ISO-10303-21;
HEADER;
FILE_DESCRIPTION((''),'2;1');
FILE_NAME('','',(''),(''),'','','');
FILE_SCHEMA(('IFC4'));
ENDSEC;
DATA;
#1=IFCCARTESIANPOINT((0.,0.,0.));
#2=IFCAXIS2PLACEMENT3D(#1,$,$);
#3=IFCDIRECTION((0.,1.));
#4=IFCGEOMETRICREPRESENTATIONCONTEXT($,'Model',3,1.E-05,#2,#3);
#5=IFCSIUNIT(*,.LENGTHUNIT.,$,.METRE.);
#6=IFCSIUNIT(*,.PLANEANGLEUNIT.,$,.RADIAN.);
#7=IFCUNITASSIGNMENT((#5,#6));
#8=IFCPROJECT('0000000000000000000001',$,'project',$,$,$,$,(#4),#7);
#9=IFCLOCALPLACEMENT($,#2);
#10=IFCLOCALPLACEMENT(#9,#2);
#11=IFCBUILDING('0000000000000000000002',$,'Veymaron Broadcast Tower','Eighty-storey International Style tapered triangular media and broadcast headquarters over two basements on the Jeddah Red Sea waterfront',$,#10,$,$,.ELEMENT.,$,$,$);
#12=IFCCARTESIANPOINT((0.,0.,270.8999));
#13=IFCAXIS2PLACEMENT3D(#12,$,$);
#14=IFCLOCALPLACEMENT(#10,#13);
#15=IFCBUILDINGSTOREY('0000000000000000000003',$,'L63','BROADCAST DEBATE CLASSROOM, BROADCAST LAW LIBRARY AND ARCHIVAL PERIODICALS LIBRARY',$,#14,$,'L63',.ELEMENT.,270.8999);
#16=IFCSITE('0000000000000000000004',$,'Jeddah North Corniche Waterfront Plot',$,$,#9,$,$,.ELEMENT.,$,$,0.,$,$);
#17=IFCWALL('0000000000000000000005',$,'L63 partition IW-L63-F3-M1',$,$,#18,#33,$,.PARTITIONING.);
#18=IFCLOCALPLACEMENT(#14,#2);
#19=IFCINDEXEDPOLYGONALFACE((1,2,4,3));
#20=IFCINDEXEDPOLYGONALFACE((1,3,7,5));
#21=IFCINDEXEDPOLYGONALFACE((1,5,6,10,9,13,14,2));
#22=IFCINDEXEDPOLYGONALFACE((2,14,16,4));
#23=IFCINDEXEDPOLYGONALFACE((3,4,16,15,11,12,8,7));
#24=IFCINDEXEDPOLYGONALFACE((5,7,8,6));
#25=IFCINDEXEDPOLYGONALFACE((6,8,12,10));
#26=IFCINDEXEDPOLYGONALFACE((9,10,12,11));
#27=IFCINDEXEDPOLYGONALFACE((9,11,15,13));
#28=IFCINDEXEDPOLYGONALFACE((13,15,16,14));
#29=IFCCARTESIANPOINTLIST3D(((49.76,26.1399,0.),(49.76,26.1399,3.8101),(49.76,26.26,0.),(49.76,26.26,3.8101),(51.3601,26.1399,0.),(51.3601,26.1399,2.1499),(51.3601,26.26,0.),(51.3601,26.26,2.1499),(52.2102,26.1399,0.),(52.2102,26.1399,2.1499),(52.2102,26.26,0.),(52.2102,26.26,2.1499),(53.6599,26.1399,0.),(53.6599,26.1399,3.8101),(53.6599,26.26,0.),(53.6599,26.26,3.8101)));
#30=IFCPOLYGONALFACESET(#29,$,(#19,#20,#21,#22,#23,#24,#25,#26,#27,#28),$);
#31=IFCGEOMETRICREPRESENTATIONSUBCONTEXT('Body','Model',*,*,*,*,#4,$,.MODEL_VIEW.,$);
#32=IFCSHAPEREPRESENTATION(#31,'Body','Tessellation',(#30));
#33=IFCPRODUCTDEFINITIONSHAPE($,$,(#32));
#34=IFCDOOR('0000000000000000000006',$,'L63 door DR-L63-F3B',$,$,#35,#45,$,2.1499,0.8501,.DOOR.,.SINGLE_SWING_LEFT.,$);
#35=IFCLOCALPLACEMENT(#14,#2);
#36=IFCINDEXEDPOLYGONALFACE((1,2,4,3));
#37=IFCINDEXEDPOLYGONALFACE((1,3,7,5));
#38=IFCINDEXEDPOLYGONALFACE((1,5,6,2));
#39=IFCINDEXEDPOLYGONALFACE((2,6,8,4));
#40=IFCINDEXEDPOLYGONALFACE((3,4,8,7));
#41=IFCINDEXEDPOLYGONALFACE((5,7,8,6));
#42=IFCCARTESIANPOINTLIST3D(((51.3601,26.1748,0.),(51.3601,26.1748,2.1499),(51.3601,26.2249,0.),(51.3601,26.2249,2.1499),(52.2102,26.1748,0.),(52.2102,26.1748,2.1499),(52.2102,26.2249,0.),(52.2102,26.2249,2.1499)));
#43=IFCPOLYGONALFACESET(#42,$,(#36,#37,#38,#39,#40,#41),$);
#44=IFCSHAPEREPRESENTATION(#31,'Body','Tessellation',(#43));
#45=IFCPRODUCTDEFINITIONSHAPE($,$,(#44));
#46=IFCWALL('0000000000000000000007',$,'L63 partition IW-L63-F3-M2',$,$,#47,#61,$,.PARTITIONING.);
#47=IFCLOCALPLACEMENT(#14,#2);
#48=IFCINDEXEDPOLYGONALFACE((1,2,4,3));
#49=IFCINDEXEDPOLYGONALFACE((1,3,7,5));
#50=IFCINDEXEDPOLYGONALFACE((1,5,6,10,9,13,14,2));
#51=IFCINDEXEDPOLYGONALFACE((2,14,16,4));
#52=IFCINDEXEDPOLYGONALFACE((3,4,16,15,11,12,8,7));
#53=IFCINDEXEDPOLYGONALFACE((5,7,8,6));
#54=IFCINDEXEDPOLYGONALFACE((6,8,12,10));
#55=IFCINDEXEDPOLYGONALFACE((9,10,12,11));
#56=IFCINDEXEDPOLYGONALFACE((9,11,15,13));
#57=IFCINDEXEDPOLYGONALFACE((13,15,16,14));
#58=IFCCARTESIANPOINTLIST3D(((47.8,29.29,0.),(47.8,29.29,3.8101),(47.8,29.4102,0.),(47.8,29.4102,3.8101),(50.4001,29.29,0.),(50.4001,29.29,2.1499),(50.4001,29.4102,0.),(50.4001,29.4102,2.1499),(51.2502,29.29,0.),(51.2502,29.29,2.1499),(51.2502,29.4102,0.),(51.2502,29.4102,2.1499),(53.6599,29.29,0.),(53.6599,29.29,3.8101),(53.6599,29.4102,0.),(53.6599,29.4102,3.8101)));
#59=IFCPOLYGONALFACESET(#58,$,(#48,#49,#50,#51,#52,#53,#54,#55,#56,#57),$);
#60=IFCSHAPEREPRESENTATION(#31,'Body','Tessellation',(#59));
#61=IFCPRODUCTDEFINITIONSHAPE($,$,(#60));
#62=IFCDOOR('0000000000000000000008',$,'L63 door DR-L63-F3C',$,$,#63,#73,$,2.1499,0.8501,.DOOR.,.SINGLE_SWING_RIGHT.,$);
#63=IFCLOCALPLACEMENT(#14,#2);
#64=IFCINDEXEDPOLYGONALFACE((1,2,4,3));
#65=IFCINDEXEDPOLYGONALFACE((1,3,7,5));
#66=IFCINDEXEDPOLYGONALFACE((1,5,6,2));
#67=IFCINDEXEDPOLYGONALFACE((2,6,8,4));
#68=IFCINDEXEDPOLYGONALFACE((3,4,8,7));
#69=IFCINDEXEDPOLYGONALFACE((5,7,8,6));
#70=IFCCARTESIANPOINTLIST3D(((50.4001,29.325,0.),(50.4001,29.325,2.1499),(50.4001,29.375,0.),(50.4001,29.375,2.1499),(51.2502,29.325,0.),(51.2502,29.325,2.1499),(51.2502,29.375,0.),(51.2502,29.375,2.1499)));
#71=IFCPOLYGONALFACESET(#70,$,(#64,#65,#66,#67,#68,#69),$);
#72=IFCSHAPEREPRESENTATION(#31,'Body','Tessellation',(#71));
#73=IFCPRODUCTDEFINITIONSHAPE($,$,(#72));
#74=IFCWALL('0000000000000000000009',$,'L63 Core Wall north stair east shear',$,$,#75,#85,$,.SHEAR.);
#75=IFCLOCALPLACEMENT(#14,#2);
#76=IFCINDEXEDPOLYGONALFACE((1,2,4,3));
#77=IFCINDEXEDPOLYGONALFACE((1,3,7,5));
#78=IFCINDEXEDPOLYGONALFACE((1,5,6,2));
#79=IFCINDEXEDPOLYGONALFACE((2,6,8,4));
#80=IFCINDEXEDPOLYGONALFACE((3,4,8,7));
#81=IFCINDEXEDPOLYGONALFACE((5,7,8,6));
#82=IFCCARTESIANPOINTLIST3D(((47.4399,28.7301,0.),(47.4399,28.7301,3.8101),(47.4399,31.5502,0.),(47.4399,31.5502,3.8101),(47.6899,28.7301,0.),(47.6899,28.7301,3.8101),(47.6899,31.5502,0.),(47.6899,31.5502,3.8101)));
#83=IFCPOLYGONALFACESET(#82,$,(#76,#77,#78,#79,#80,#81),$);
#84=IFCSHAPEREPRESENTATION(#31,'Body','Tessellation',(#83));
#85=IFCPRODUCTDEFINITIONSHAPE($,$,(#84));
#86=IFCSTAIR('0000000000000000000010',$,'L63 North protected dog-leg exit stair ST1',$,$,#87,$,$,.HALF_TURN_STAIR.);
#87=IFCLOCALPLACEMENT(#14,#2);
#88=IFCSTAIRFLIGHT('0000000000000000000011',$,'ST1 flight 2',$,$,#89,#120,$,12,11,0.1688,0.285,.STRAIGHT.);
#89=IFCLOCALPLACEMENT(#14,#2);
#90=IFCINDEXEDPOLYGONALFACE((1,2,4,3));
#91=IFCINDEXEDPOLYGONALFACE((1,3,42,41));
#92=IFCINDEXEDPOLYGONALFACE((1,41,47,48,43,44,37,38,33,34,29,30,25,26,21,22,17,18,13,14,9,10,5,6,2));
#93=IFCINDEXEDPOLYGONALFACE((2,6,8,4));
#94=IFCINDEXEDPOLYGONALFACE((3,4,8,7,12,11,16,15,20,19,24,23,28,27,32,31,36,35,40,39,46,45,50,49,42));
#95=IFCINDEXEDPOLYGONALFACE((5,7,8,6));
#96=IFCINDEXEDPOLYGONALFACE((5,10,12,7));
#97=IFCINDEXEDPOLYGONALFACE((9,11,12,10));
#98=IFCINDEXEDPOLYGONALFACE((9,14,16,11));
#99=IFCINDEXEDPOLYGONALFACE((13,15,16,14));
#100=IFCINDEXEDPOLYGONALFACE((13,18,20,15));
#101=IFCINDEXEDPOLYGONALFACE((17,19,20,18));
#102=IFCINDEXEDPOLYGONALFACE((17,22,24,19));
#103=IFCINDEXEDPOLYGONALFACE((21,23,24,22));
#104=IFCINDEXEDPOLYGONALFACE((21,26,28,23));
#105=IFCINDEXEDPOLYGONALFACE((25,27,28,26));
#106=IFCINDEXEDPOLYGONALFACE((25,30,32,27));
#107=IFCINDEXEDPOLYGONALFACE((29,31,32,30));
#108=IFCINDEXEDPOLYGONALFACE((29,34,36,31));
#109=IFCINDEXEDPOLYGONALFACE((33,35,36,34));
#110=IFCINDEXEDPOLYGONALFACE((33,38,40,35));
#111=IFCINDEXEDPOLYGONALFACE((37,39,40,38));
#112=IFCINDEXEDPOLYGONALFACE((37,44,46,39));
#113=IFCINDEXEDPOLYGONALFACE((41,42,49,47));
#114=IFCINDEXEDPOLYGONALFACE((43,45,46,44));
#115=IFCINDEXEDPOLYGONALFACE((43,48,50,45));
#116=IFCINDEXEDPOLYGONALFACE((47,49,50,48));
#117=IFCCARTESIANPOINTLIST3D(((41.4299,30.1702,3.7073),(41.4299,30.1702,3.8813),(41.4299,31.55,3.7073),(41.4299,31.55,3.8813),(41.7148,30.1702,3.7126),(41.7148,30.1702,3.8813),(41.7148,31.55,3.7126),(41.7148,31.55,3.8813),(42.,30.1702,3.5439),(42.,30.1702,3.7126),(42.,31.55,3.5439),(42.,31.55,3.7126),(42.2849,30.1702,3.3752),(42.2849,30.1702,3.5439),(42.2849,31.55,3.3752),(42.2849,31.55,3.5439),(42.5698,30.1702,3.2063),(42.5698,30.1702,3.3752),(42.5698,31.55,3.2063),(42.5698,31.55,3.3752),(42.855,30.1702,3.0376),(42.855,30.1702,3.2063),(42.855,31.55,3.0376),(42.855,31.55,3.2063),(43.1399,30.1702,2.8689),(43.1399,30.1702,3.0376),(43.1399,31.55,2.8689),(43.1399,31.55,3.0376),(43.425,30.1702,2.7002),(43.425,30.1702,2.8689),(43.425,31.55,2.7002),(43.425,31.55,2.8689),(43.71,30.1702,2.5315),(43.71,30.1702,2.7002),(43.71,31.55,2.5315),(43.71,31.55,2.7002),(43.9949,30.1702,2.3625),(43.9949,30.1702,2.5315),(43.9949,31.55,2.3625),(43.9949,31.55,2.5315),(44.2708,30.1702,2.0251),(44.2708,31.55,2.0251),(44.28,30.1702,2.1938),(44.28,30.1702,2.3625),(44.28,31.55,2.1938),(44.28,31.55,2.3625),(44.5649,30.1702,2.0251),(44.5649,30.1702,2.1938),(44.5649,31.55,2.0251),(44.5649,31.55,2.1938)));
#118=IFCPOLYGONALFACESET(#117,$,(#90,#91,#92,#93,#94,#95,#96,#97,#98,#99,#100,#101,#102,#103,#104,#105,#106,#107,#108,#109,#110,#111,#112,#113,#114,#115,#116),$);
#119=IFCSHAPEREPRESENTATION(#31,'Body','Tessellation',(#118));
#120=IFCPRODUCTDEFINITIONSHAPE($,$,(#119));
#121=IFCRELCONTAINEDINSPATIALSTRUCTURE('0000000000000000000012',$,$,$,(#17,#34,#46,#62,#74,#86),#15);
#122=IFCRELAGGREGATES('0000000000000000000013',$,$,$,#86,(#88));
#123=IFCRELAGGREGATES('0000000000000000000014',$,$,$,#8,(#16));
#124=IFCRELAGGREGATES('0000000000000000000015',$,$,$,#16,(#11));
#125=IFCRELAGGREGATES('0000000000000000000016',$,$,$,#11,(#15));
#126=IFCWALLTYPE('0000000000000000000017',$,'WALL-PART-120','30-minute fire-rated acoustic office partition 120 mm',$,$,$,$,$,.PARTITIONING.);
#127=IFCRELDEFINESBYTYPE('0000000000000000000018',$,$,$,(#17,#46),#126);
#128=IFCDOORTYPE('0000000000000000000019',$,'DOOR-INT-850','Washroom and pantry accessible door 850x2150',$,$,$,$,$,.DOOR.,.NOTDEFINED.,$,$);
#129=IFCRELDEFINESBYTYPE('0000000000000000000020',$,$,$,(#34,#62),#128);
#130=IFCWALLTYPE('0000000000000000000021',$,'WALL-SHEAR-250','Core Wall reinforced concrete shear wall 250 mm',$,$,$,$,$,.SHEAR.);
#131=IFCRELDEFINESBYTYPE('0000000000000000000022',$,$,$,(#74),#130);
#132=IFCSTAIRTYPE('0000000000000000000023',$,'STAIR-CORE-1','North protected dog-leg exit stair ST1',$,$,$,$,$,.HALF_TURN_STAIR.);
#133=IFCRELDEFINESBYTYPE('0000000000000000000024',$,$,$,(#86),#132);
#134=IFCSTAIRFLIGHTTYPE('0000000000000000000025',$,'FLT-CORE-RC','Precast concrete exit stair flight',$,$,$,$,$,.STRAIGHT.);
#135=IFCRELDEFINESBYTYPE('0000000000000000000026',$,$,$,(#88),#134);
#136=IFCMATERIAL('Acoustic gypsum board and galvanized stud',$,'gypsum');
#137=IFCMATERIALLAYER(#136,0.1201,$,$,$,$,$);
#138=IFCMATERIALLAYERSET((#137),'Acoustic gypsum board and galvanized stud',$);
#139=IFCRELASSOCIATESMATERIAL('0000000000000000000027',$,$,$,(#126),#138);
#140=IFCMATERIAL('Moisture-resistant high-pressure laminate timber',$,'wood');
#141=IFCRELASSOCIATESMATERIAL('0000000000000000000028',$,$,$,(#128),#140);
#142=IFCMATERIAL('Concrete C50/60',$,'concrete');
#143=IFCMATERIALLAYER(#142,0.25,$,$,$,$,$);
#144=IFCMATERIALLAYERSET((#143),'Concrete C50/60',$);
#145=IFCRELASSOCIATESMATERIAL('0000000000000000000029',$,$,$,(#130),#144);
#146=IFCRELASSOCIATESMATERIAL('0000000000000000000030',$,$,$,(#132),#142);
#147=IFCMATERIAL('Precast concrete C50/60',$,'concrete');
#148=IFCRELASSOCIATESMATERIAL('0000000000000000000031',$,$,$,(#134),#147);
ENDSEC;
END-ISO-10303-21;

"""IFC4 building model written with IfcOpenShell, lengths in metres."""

from ifc_helpers import new_model, si_unit, direction, frame, frame_2d, origin, place, context, subcontext, project, spatial, polyline, rectangle, outline, extrude, material, layer, layer_set, type_object, element, fill, aggregate, save


model = new_model("IFC4")

# Units and contexts
model_context = context("Model", 3, precision=1e-05, world=origin(), true_north=direction((0.0, 1.0)))
body_context = subcontext(model_context, "Body", "Model", "MODEL_VIEW")
ifc_project = project(units=[si_unit("LENGTHUNIT", "METRE"), si_unit("PLANEANGLEUNIT", "RADIAN")], contexts=[model_context])

# Site, building, storey
site_placement = place(None, origin())
site = spatial("IfcSite", under=ifc_project, at=site_placement, Name="Jeddah North Corniche Waterfront Plot", CompositionType="ELEMENT", RefElevation=0.0)
building_placement = place(site_placement, origin())
building = spatial("IfcBuilding", under=site, at=building_placement, Name="Veymaron Broadcast Tower", Description="Eighty-storey International Style tapered triangular media and broadcast headquarters over two basements on the Jeddah Red Sea waterfront", CompositionType="ELEMENT")
storey_placement = place(building_placement, frame((0.0, 0.0, 270.8999)))
storey = spatial("IfcBuildingStorey", under=building, at=storey_placement, Name="L63", Description="BROADCAST DEBATE CLASSROOM, BROADCAST LAW LIBRARY AND ARCHIVAL PERIODICALS LIBRARY", LongName="L63", CompositionType="ELEMENT", Elevation=270.8999)

# Walls, openings, doors
ifc_material_1 = material(Name="Acoustic gypsum board and galvanized stud", Category="gypsum")
ifc_layer_1 = layer(ifc_material_1, 0.1201)
ifc_layer_set_1 = layer_set([ifc_layer_1], Name="Acoustic gypsum board and galvanized stud")
wall_type_1 = type_object("IfcWallType", Name="WALL-PART-120", Description="30-minute fire-rated acoustic office partition 120 mm", PredefinedType="PARTITIONING", material=ifc_layer_set_1)
wall_1_placement = place(storey_placement, frame((49.76, 26.2, 0.0), z_axis=(0.0, 0.0, 1.0), x_axis=(1.0, 0.0, 0.0)))
wall_1 = element("IfcWall", 1, at=wall_1_placement, inside=storey, type_object=wall_type_1, Name="L63 partition IW-L63-F3-M1", PredefinedType="PARTITIONING", context=body_context, shape_type="SweptSolid", body=[
    extrude(rectangle(XDim=3.8999, YDim=0.1201, at=frame_2d((1.95, 0.0))), origin(), (0.0, 0.0, 1.0), 3.8101),
])
opening_1_placement = place(wall_1_placement, frame((1.6001, 0.0, 0.0)))
opening_1 = element("IfcOpeningElement", 2, at=opening_1_placement, cuts=wall_1, PredefinedType="OPENING", context=body_context, shape_type="SweptSolid", body=[
    extrude(rectangle(XDim=0.8501, YDim=2.1499, at=frame_2d((0.425, 1.075))), frame((0.0, 0.0701, 0.0), z_axis=(0.0, -1.0, 0.0), x_axis=(1.0, 0.0, 0.0)), (0.0, 0.0, 1.0), 0.1401),
])
ifc_material_2 = material(Name="Moisture-resistant high-pressure laminate timber", Category="wood")
door_type_1 = type_object("IfcDoorType", Name="DOOR-INT-850", Description="Washroom and pantry accessible door 850x2150", OperationType="NOTDEFINED", PredefinedType="DOOR", material=ifc_material_2)
door_1_placement = place(opening_1_placement, origin())
door_1 = element("IfcDoor", 3, at=door_1_placement, inside=storey, type_object=door_type_1, Name="L63 door DR-L63-F3B", OperationType="SINGLE_SWING_LEFT", OverallHeight=2.1499, OverallWidth=0.8501, PredefinedType="DOOR", context=body_context, shape_type="SweptSolid", body=[
    extrude(rectangle(XDim=0.8501, YDim=2.1499, at=frame_2d((0.425, 1.075))), frame((0.0, 0.0249, 0.0), z_axis=(0.0, -1.0, 0.0), x_axis=(1.0, 0.0, 0.0)), (0.0, 0.0, 1.0), 0.05),
])
fill(opening_1, door_1)
wall_2_placement = place(storey_placement, frame((47.8, 29.3501, 0.0), z_axis=(0.0, 0.0, 1.0), x_axis=(1.0, 0.0, 0.0)))
wall_2 = element("IfcWall", 4, at=wall_2_placement, inside=storey, type_object=wall_type_1, Name="L63 partition IW-L63-F3-M2", PredefinedType="PARTITIONING", context=body_context, shape_type="SweptSolid", body=[
    extrude(rectangle(XDim=5.8599, YDim=0.1201, at=frame_2d((2.9299, 0.0))), origin(), (0.0, 0.0, 1.0), 3.8101),
])
opening_2_placement = place(wall_2_placement, frame((2.6001, 0.0, 0.0)))
opening_2 = element("IfcOpeningElement", 5, at=opening_2_placement, cuts=wall_2, PredefinedType="OPENING", context=body_context, shape_type="SweptSolid", body=[
    extrude(rectangle(XDim=0.8501, YDim=2.1499, at=frame_2d((0.425, 1.075))), frame((0.0, 0.0701, 0.0), z_axis=(0.0, -1.0, 0.0), x_axis=(1.0, 0.0, 0.0)), (0.0, 0.0, 1.0), 0.1401),
])
door_2_placement = place(opening_2_placement, origin())
door_2 = element("IfcDoor", 6, at=door_2_placement, inside=storey, type_object=door_type_1, Name="L63 door DR-L63-F3C", OperationType="SINGLE_SWING_RIGHT", OverallHeight=2.1499, OverallWidth=0.8501, PredefinedType="DOOR", context=body_context, shape_type="SweptSolid", body=[
    extrude(rectangle(XDim=0.8501, YDim=2.1499, at=frame_2d((0.425, 1.075))), frame((0.0, 0.0249, 0.0), z_axis=(0.0, -1.0, 0.0), x_axis=(1.0, 0.0, 0.0)), (0.0, 0.0, 1.0), 0.05),
])
fill(opening_2, door_2)

# Wall
ifc_material_3 = material(Name="Concrete C50/60", Category="concrete")
ifc_layer_2 = layer(ifc_material_3, 0.25)
ifc_layer_set_2 = layer_set([ifc_layer_2], Name="Concrete C50/60")
wall_type_2 = type_object("IfcWallType", Name="WALL-SHEAR-250", Description="Core Wall reinforced concrete shear wall 250 mm", PredefinedType="SHEAR", material=ifc_layer_set_2)
wall_3_placement = place(storey_placement, frame((47.5649, 28.73, 0.0), z_axis=(0.0, 0.0, 1.0), x_axis=(0.0, 1.0, 0.0)))
element("IfcWall", 7, at=wall_3_placement, inside=storey, type_object=wall_type_2, Name="L63 Core Wall north stair east shear", PredefinedType="SHEAR", context=body_context, shape_type="SweptSolid", body=[
    extrude(rectangle(XDim=2.8201, YDim=0.25, at=frame_2d((1.4102, 0.0))), origin(), (0.0, 0.0, 1.0), 3.8101),
])

# Stair, stair flight
stair_type = type_object("IfcStairType", Name="STAIR-CORE-1", Description="North protected dog-leg exit stair ST1", PredefinedType="HALF_TURN_STAIR", material=ifc_material_3)
stair_placement = place(storey_placement, origin())
stair = element("IfcStair", 8, at=stair_placement, inside=storey, type_object=stair_type, Name="L63 North protected dog-leg exit stair ST1", PredefinedType="HALF_TURN_STAIR")
ifc_material_4 = material(Name="Precast concrete C50/60", Category="concrete")
stair_flight_type = type_object("IfcStairFlightType", Name="FLT-CORE-RC", Description="Precast concrete exit stair flight", PredefinedType="STRAIGHT", material=ifc_material_4)
stair_flight_placement = place(storey_placement, frame((44.5649, 30.8601, 2.0251), z_axis=(0.0, 0.0, 1.0), x_axis=(-1.0, 0.0, 0.0)))
stair_flight = element("IfcStairFlight", 9, at=stair_flight_placement, type_object=stair_flight_type, Name="ST1 flight 2", NumberOfRisers=12, NumberOfTreads=11, PredefinedType="STRAIGHT", RiserHeight=0.1688, TreadLength=0.285, context=body_context, shape_type="SweptSolid", body=[
    extrude(outline(polyline([(0.0, 0.0), (0.0, 0.1687), (0.2849, 0.1687), (0.2849, 0.3374), (0.5701, 0.3374), (0.5701, 0.5063), (0.855, 0.5063), (0.855, 0.675), (1.1399, 0.675), (1.1399, 0.8438), (1.425, 0.8438), (1.425, 1.0125), (1.71, 1.0125), (1.71, 1.1812), (1.9951, 1.1812), (1.9951, 1.3501), (2.28, 1.3501), (2.28, 1.5188), (2.5649, 1.5188), (2.5649, 1.6875), (2.8501, 1.6875), (2.8501, 1.8562), (3.135, 1.8562), (3.135, 2.0249), (3.135, 1.6821), (0.2942, 0.0), (0.0, 0.0)])), frame((0.0, 0.6899, 0.0), z_axis=(0.0, -1.0, 0.0), x_axis=(1.0, 0.0, 0.0)), (0.0, 0.0, 1.0), 1.3799),
])
aggregate(stair, [stair_flight])

save(model, "model.ifc")
